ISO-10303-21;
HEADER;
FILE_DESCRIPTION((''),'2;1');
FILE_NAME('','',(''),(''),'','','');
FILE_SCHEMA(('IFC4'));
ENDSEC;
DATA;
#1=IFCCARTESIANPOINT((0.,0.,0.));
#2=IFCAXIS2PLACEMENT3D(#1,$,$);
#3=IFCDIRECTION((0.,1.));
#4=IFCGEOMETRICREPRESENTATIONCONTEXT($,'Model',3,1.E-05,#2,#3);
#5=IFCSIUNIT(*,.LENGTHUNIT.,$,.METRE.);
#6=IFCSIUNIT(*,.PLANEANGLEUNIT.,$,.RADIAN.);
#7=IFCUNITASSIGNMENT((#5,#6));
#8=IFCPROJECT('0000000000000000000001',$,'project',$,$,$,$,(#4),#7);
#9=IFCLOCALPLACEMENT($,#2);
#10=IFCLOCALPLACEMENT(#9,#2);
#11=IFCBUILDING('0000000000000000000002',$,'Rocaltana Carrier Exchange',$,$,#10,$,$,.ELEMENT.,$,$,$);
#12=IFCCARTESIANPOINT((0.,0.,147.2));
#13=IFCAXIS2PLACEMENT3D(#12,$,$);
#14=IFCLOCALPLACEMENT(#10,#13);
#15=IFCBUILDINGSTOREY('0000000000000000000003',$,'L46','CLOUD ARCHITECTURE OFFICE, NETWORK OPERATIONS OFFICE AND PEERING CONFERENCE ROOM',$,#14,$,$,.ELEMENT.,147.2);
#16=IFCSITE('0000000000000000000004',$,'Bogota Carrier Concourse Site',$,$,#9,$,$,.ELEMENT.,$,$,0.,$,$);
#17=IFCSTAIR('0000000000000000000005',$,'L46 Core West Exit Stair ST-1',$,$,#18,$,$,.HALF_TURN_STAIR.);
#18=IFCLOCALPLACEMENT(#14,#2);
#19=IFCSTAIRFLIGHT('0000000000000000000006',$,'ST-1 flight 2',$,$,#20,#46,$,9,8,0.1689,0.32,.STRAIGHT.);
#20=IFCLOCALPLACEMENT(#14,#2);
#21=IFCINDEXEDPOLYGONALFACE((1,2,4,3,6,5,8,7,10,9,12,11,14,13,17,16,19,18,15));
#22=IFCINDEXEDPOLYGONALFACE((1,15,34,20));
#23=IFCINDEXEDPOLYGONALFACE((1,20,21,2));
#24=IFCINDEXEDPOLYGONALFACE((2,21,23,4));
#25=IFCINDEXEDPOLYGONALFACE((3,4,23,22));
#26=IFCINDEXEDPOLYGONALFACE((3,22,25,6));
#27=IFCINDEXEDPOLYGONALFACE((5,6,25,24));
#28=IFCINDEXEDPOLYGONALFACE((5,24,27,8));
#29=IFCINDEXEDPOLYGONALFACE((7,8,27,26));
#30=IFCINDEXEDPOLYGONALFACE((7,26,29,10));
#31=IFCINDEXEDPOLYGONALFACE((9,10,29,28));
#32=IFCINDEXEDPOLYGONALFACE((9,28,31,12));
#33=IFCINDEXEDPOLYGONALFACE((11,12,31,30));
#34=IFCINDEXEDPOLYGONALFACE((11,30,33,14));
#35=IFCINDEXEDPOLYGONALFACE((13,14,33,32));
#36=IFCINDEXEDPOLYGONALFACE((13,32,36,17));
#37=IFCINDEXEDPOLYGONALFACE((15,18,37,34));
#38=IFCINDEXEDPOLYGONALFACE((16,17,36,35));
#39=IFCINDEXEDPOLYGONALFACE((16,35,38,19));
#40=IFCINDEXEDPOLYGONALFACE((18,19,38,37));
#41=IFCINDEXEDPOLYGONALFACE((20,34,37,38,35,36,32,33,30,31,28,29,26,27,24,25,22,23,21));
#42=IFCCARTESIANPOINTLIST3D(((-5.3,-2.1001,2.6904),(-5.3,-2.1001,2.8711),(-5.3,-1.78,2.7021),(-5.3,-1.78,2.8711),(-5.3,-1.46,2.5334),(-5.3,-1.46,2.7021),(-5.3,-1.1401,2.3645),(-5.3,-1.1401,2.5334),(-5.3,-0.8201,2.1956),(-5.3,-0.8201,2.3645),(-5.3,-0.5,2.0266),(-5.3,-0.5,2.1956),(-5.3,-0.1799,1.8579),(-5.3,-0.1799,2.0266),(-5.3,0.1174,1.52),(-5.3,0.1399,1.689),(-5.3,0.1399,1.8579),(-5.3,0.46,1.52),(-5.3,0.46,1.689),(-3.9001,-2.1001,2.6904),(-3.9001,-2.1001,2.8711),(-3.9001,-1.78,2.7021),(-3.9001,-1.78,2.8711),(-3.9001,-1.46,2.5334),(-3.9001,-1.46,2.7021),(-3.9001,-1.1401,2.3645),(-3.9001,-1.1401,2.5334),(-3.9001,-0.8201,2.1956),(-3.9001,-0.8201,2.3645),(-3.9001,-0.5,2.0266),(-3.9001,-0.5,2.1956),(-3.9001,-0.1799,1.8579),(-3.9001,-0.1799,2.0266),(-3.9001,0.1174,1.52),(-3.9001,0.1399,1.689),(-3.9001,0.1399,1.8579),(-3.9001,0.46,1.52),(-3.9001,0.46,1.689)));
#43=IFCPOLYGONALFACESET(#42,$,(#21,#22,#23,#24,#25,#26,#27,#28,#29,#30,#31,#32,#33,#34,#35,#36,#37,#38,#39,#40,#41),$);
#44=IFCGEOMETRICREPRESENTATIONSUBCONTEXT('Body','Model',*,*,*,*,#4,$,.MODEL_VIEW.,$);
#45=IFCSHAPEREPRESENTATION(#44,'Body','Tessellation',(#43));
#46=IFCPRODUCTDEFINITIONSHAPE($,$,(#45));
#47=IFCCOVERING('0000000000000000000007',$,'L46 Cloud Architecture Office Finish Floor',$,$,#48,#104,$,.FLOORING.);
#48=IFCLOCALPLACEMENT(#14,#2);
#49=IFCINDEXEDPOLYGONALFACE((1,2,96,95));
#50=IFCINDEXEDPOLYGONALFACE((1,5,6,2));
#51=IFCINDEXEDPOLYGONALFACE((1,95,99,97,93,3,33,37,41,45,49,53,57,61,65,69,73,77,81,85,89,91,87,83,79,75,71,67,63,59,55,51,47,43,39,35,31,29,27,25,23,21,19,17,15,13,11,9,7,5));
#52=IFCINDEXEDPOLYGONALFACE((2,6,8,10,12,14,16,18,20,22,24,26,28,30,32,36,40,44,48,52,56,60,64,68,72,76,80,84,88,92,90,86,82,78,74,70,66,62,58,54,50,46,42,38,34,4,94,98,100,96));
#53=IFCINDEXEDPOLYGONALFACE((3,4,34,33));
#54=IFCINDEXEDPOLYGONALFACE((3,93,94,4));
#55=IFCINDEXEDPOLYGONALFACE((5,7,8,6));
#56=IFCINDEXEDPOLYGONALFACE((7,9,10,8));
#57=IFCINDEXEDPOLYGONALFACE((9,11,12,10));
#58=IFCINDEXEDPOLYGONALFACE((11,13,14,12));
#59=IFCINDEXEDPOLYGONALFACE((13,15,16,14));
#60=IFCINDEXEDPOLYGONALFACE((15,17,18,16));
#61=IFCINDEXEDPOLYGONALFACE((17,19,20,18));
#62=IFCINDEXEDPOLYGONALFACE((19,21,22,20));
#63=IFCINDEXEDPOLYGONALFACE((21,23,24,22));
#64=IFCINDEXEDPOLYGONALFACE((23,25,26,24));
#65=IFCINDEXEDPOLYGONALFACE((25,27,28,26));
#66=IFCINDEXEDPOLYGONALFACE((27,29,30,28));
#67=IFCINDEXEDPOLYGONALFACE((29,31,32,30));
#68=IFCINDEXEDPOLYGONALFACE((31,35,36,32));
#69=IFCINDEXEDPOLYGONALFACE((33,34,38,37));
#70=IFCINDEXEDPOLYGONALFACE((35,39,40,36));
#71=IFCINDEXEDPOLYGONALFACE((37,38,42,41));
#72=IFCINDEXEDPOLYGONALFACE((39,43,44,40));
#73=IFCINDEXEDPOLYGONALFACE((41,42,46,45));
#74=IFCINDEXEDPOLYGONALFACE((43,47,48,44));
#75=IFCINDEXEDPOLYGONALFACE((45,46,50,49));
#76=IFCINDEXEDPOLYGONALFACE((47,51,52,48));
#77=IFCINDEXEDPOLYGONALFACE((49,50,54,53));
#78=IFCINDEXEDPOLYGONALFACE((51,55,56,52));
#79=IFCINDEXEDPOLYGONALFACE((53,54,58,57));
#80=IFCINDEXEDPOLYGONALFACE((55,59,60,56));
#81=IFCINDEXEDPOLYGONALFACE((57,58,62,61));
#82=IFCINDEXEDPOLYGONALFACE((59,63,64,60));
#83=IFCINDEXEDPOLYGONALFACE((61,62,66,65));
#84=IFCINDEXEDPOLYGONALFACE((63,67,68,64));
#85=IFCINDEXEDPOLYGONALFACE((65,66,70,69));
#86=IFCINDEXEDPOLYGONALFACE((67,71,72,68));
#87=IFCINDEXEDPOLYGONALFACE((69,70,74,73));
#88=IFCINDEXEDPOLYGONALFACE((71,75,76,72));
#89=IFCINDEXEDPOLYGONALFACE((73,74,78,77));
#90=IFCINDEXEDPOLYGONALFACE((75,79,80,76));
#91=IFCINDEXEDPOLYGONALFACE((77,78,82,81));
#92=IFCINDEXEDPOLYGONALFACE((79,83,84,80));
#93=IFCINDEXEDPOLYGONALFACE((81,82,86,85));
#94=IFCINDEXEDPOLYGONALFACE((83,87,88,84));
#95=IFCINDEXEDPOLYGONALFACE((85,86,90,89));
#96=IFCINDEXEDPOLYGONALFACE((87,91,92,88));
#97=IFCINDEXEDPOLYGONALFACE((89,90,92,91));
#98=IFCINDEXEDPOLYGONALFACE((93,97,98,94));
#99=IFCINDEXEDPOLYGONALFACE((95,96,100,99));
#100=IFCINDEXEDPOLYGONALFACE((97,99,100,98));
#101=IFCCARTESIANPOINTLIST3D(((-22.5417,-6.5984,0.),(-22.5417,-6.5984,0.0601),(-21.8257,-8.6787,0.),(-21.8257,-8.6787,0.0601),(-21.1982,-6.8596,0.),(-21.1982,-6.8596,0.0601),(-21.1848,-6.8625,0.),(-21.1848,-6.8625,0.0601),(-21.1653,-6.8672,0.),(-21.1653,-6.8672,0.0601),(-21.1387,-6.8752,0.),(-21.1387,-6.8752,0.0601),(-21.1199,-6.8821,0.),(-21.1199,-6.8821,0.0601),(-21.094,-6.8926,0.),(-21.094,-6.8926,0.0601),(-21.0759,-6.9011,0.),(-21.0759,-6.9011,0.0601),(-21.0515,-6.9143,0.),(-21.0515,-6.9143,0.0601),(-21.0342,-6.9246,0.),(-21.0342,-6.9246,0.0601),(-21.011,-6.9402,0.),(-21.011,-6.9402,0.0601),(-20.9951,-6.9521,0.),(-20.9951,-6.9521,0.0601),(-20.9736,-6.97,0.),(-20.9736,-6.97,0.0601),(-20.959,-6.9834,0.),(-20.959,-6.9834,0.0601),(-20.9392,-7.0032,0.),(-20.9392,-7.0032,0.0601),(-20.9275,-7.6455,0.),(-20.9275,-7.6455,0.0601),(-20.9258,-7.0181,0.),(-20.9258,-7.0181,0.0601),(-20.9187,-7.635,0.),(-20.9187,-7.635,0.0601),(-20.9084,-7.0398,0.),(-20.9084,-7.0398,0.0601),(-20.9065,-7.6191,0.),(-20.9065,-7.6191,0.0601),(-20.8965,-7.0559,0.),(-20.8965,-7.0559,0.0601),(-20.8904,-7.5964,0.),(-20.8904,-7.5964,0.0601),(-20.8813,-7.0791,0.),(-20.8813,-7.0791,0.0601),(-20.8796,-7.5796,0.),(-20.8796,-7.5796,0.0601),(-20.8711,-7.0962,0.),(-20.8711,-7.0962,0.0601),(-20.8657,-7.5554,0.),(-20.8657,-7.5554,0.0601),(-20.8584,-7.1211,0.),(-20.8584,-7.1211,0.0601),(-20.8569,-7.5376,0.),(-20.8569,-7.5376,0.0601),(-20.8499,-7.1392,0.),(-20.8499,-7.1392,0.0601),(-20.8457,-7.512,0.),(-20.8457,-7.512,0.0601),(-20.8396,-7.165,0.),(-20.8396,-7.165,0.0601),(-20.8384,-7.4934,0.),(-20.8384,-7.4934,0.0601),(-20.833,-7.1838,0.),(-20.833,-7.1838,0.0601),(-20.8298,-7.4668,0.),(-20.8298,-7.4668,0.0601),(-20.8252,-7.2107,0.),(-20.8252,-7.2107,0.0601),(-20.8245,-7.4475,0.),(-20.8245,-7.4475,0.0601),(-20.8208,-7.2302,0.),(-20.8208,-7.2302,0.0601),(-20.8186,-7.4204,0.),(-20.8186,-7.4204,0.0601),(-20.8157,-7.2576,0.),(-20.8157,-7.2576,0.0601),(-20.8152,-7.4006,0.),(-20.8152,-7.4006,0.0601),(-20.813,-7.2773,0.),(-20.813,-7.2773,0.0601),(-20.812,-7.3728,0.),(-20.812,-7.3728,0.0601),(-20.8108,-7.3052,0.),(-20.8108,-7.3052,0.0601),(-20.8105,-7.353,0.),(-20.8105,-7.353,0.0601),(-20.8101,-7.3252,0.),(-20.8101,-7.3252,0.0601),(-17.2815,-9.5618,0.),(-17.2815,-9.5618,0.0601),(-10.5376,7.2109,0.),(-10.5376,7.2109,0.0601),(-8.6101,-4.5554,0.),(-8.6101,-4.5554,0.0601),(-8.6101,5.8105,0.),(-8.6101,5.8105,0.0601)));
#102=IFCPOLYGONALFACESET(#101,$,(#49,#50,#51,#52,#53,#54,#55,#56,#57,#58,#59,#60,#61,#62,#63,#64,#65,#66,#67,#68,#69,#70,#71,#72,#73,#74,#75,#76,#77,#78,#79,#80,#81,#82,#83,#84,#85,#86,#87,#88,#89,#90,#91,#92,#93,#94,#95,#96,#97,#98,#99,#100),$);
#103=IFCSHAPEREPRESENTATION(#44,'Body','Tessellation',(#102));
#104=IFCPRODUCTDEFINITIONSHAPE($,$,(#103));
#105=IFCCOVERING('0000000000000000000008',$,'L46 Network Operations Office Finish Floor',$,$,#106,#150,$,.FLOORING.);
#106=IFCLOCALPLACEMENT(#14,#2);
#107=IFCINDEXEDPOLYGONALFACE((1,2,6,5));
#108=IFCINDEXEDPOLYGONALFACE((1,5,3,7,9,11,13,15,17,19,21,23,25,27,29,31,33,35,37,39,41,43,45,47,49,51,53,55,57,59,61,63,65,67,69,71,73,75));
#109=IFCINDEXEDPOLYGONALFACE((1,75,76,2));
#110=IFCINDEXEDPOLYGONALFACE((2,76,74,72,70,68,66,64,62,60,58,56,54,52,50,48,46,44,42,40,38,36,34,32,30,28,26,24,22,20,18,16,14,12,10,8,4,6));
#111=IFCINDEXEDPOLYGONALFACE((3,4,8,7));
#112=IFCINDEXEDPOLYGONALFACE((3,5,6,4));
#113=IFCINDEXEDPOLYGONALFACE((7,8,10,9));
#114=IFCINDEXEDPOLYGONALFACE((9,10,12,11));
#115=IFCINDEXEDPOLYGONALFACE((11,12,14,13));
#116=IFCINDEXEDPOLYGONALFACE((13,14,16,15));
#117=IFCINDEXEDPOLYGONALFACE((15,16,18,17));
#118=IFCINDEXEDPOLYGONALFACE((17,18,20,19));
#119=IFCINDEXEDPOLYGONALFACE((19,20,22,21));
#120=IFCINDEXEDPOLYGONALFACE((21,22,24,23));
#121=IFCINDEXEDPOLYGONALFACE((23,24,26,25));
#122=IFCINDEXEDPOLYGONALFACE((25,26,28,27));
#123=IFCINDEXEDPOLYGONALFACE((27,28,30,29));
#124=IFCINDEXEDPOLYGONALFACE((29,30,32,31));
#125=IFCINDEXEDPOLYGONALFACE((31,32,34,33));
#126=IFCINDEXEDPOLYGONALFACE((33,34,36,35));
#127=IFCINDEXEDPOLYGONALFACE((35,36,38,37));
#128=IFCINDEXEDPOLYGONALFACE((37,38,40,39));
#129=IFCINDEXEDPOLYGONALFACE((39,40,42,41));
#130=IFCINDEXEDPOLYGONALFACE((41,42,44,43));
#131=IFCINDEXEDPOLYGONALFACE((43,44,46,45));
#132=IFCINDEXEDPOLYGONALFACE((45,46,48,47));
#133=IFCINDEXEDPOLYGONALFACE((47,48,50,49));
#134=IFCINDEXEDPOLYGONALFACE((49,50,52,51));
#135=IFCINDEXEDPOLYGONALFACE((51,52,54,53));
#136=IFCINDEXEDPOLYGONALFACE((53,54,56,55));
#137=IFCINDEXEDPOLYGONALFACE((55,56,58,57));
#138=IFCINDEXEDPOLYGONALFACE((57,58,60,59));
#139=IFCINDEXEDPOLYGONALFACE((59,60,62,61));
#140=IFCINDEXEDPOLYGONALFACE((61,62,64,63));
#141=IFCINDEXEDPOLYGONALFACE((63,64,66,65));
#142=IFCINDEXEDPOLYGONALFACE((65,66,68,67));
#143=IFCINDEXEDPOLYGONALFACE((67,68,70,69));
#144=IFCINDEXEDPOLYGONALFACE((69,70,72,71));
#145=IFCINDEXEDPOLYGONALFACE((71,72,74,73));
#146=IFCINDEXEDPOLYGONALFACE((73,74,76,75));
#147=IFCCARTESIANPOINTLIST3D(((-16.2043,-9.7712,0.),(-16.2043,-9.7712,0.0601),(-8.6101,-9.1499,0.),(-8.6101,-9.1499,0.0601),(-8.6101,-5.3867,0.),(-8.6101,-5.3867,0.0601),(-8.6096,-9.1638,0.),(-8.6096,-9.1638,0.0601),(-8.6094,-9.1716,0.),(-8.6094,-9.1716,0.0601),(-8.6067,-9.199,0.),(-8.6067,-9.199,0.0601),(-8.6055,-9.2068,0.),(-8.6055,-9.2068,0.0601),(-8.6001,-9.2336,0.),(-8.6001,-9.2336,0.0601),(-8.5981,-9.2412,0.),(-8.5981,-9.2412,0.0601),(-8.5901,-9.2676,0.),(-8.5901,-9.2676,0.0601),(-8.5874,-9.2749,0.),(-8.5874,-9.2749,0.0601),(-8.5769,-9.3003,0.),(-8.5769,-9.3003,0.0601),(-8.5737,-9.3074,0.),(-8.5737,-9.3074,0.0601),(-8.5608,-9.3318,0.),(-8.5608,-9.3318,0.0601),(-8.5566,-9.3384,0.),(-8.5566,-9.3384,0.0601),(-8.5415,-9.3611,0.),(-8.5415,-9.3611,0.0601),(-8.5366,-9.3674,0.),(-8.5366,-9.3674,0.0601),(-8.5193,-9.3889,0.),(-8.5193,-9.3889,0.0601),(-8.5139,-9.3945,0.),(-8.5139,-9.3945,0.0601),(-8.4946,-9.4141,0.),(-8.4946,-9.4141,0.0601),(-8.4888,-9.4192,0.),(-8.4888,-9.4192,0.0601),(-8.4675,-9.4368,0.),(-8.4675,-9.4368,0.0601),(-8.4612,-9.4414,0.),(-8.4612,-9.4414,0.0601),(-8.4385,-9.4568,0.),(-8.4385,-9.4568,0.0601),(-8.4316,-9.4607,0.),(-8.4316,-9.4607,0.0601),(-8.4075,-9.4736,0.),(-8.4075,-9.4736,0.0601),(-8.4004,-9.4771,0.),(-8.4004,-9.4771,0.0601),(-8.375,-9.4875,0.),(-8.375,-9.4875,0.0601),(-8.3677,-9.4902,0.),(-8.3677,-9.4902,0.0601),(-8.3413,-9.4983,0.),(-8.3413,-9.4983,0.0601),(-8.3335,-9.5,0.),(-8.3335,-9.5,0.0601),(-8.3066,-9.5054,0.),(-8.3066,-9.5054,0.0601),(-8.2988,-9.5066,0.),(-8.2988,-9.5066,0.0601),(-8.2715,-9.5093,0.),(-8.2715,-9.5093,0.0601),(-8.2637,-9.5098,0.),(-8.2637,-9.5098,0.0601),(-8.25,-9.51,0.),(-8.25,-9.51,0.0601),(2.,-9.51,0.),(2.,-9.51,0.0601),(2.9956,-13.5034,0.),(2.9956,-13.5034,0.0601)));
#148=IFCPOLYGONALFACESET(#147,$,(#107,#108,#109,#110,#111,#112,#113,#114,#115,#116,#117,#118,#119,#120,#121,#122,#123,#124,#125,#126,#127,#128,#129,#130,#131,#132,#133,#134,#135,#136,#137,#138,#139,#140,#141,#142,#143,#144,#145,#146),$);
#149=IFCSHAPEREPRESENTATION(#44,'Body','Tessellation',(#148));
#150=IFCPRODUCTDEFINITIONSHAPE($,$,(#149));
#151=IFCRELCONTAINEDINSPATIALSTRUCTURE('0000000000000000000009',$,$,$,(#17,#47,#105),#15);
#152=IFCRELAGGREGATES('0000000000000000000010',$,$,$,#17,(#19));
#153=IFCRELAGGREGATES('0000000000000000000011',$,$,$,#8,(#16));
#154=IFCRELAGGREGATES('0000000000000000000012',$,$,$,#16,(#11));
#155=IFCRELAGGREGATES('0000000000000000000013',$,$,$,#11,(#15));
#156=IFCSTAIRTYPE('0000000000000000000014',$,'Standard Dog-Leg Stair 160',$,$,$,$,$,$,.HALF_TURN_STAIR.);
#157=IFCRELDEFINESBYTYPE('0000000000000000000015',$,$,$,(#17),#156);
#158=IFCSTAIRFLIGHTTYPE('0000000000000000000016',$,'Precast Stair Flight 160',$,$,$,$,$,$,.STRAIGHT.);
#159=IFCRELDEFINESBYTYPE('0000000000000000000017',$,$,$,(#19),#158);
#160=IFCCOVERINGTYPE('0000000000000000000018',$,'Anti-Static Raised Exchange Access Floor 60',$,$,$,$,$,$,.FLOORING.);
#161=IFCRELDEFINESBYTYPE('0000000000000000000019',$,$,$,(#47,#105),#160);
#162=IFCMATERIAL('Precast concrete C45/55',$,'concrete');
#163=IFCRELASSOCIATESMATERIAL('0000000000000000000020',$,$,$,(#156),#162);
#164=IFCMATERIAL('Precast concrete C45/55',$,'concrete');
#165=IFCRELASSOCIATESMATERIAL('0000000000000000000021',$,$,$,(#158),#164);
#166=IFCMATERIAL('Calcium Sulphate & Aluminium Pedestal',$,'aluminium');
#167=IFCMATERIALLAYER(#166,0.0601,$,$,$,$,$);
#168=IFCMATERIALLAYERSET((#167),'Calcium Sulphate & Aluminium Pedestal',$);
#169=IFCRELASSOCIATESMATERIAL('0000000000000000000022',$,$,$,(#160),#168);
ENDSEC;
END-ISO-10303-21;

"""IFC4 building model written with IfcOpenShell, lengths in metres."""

from ifc_helpers import new_model, si_unit, direction, frame, origin, place, context, subcontext, project, spatial, polyline, outline, extrude, material, layer, layer_set, type_object, element, aggregate, save


model = new_model("IFC4")

# Units and contexts
model_context = context("Model", 3, precision=1e-05, world=origin(), true_north=direction((0.0, 1.0)))
body_context = subcontext(model_context, "Body", "Model", "MODEL_VIEW")
ifc_project = project(units=[si_unit("LENGTHUNIT", "METRE"), si_unit("PLANEANGLEUNIT", "RADIAN")], contexts=[model_context])

# Site, building, storey
site_placement = place(None, origin())
site = spatial("IfcSite", under=ifc_project, at=site_placement, Name="Bogota Carrier Concourse Site", CompositionType="ELEMENT", RefElevation=0.0)
building_placement = place(site_placement, origin())
building = spatial("IfcBuilding", under=site, at=building_placement, Name="Rocaltana Carrier Exchange", CompositionType="ELEMENT")
storey_placement = place(building_placement, frame((0.0, 0.0, 147.2)))
storey = spatial("IfcBuildingStorey", under=building, at=storey_placement, Name="L46", Description="CLOUD ARCHITECTURE OFFICE, NETWORK OPERATIONS OFFICE AND PEERING CONFERENCE ROOM", CompositionType="ELEMENT", Elevation=147.2)

# Stair, stair flight
ifc_material_1 = material(Name="Precast concrete C45/55", Category="concrete")
stair_type = type_object("IfcStairType", Name="Standard Dog-Leg Stair 160", PredefinedType="HALF_TURN_STAIR", material=ifc_material_1)
stair_placement = place(storey_placement, origin())
stair = element("IfcStair", 1, at=stair_placement, inside=storey, type_object=stair_type, Name="L46 Core West Exit Stair ST-1", PredefinedType="HALF_TURN_STAIR")
ifc_material_2 = material(Name="Precast concrete C45/55", Category="concrete")
stair_flight_type = type_object("IfcStairFlightType", Name="Precast Stair Flight 160", PredefinedType="STRAIGHT", material=ifc_material_2)
stair_flight_placement = place(storey_placement, frame((-4.6001, 0.46, 1.52), z_axis=(0.0, 0.0, 1.0), x_axis=(0.0, -1.0, 0.0)))
stair_flight = element("IfcStairFlight", 2, at=stair_flight_placement, type_object=stair_flight_type, Name="ST-1 flight 2", NumberOfRisers=9, NumberOfTreads=8, PredefinedType="STRAIGHT", RiserHeight=0.1689, TreadLength=0.32, context=body_context, shape_type="SweptSolid", body=[
    extrude(outline(polyline([(0.0, 0.0), (0.0, 0.1689), (0.3201, 0.1689), (0.3201, 0.3379), (0.6399, 0.3379), (0.6399, 0.5066), (0.96, 0.5066), (0.96, 0.6755), (1.28, 0.6755), (1.28, 0.8445), (1.6001, 0.8445), (1.6001, 1.0134), (1.9199, 1.0134), (1.9199, 1.1821), (2.24, 1.1821), (2.24, 1.3511), (2.5601, 1.3511), (2.5601, 1.52), (2.5601, 1.1704), (0.3425, 0.0), (0.0, 0.0)])), frame((0.0, 0.7, 0.0), z_axis=(0.0, -1.0, 0.0), x_axis=(1.0, 0.0, 0.0)), (0.0, 0.0, 1.0), 1.3999),
])
aggregate(stair, [stair_flight])

# Coverings
ifc_material_3 = material(Name="Calcium Sulphate & Aluminium Pedestal", Category="aluminium")
ifc_layer_1 = layer(ifc_material_3, 0.0601)
ifc_layer_set_1 = layer_set([ifc_layer_1], Name="Calcium Sulphate & Aluminium Pedestal")
covering_type_1 = type_object("IfcCoveringType", Name="Anti-Static Raised Exchange Access Floor 60", PredefinedType="FLOORING", material=ifc_layer_set_1)
covering_1_placement = place(storey_placement, origin())
element("IfcCovering", 3, at=covering_1_placement, inside=storey, type_object=covering_type_1, Name="L46 Cloud Architecture Office Finish Floor", PredefinedType="FLOORING", context=body_context, shape_type="SweptSolid", body=[
    extrude(outline(polyline([(-20.9275, -7.6455), (-20.9187, -7.635), (-20.9065, -7.6191), (-20.8904, -7.5964), (-20.8796, -7.5796), (-20.8657, -7.5554), (-20.8569, -7.5376), (-20.8457, -7.512), (-20.8384, -7.4934), (-20.8298, -7.4668), (-20.8245, -7.4475), (-20.8186, -7.4204), (-20.8152, -7.4006), (-20.812, -7.3728), (-20.8105, -7.353), (-20.8101, -7.3252), (-20.8108, -7.3052), (-20.813, -7.2773), (-20.8157, -7.2576), (-20.8208, -7.2302), (-20.8252, -7.2107), (-20.833, -7.1838), (-20.8396, -7.165), (-20.8499, -7.1392), (-20.8584, -7.1211), (-20.8711, -7.0962), (-20.8813, -7.0791), (-20.8965, -7.0559), (-20.9084, -7.0398), (-20.9258, -7.0181), (-20.9392, -7.0032), (-20.959, -6.9834), (-20.9736, -6.97), (-20.9951, -6.9521), (-21.011, -6.9402), (-21.0342, -6.9246), (-21.0515, -6.9143), (-21.0759, -6.9011), (-21.094, -6.8926), (-21.1199, -6.8821), (-21.1387, -6.8752), (-21.1653, -6.8672), (-21.1848, -6.8625), (-21.1982, -6.8596), (-22.5417, -6.5984), (-10.5376, 7.2109), (-8.6101, 5.8105), (-8.6101, -4.5554), (-17.2815, -9.5618), (-21.8257, -8.6787), (-20.9275, -7.6455)])), origin(), (0.0, 0.0, 1.0), 0.0601),
])
covering_2_placement = place(storey_placement, origin())
element("IfcCovering", 4, at=covering_2_placement, inside=storey, type_object=covering_type_1, Name="L46 Network Operations Office Finish Floor", PredefinedType="FLOORING", context=body_context, shape_type="SweptSolid", body=[
    extrude(outline(polyline([(-16.2043, -9.7712), (-8.6101, -5.3867), (-8.6101, -9.1499), (-8.6096, -9.1638), (-8.6094, -9.1716), (-8.6067, -9.199), (-8.6055, -9.2068), (-8.6001, -9.2336), (-8.5981, -9.2412), (-8.5901, -9.2676), (-8.5874, -9.2749), (-8.5769, -9.3003), (-8.5737, -9.3074), (-8.5608, -9.3318), (-8.5566, -9.3384), (-8.5415, -9.3611), (-8.5366, -9.3674), (-8.5193, -9.3889), (-8.5139, -9.3945), (-8.4946, -9.4141), (-8.4888, -9.4192), (-8.4675, -9.4368), (-8.4612, -9.4414), (-8.4385, -9.4568), (-8.4316, -9.4607), (-8.4075, -9.4736), (-8.4004, -9.4771), (-8.375, -9.4875), (-8.3677, -9.4902), (-8.3413, -9.4983), (-8.3335, -9.5), (-8.3066, -9.5054), (-8.2988, -9.5066), (-8.2715, -9.5093), (-8.2637, -9.5098), (-8.25, -9.51), (2.0, -9.51), (2.9956, -13.5034), (-16.2043, -9.7712)])), origin(), (0.0, 0.0, 1.0), 0.0601),
])

save(model, "model.ifc")
